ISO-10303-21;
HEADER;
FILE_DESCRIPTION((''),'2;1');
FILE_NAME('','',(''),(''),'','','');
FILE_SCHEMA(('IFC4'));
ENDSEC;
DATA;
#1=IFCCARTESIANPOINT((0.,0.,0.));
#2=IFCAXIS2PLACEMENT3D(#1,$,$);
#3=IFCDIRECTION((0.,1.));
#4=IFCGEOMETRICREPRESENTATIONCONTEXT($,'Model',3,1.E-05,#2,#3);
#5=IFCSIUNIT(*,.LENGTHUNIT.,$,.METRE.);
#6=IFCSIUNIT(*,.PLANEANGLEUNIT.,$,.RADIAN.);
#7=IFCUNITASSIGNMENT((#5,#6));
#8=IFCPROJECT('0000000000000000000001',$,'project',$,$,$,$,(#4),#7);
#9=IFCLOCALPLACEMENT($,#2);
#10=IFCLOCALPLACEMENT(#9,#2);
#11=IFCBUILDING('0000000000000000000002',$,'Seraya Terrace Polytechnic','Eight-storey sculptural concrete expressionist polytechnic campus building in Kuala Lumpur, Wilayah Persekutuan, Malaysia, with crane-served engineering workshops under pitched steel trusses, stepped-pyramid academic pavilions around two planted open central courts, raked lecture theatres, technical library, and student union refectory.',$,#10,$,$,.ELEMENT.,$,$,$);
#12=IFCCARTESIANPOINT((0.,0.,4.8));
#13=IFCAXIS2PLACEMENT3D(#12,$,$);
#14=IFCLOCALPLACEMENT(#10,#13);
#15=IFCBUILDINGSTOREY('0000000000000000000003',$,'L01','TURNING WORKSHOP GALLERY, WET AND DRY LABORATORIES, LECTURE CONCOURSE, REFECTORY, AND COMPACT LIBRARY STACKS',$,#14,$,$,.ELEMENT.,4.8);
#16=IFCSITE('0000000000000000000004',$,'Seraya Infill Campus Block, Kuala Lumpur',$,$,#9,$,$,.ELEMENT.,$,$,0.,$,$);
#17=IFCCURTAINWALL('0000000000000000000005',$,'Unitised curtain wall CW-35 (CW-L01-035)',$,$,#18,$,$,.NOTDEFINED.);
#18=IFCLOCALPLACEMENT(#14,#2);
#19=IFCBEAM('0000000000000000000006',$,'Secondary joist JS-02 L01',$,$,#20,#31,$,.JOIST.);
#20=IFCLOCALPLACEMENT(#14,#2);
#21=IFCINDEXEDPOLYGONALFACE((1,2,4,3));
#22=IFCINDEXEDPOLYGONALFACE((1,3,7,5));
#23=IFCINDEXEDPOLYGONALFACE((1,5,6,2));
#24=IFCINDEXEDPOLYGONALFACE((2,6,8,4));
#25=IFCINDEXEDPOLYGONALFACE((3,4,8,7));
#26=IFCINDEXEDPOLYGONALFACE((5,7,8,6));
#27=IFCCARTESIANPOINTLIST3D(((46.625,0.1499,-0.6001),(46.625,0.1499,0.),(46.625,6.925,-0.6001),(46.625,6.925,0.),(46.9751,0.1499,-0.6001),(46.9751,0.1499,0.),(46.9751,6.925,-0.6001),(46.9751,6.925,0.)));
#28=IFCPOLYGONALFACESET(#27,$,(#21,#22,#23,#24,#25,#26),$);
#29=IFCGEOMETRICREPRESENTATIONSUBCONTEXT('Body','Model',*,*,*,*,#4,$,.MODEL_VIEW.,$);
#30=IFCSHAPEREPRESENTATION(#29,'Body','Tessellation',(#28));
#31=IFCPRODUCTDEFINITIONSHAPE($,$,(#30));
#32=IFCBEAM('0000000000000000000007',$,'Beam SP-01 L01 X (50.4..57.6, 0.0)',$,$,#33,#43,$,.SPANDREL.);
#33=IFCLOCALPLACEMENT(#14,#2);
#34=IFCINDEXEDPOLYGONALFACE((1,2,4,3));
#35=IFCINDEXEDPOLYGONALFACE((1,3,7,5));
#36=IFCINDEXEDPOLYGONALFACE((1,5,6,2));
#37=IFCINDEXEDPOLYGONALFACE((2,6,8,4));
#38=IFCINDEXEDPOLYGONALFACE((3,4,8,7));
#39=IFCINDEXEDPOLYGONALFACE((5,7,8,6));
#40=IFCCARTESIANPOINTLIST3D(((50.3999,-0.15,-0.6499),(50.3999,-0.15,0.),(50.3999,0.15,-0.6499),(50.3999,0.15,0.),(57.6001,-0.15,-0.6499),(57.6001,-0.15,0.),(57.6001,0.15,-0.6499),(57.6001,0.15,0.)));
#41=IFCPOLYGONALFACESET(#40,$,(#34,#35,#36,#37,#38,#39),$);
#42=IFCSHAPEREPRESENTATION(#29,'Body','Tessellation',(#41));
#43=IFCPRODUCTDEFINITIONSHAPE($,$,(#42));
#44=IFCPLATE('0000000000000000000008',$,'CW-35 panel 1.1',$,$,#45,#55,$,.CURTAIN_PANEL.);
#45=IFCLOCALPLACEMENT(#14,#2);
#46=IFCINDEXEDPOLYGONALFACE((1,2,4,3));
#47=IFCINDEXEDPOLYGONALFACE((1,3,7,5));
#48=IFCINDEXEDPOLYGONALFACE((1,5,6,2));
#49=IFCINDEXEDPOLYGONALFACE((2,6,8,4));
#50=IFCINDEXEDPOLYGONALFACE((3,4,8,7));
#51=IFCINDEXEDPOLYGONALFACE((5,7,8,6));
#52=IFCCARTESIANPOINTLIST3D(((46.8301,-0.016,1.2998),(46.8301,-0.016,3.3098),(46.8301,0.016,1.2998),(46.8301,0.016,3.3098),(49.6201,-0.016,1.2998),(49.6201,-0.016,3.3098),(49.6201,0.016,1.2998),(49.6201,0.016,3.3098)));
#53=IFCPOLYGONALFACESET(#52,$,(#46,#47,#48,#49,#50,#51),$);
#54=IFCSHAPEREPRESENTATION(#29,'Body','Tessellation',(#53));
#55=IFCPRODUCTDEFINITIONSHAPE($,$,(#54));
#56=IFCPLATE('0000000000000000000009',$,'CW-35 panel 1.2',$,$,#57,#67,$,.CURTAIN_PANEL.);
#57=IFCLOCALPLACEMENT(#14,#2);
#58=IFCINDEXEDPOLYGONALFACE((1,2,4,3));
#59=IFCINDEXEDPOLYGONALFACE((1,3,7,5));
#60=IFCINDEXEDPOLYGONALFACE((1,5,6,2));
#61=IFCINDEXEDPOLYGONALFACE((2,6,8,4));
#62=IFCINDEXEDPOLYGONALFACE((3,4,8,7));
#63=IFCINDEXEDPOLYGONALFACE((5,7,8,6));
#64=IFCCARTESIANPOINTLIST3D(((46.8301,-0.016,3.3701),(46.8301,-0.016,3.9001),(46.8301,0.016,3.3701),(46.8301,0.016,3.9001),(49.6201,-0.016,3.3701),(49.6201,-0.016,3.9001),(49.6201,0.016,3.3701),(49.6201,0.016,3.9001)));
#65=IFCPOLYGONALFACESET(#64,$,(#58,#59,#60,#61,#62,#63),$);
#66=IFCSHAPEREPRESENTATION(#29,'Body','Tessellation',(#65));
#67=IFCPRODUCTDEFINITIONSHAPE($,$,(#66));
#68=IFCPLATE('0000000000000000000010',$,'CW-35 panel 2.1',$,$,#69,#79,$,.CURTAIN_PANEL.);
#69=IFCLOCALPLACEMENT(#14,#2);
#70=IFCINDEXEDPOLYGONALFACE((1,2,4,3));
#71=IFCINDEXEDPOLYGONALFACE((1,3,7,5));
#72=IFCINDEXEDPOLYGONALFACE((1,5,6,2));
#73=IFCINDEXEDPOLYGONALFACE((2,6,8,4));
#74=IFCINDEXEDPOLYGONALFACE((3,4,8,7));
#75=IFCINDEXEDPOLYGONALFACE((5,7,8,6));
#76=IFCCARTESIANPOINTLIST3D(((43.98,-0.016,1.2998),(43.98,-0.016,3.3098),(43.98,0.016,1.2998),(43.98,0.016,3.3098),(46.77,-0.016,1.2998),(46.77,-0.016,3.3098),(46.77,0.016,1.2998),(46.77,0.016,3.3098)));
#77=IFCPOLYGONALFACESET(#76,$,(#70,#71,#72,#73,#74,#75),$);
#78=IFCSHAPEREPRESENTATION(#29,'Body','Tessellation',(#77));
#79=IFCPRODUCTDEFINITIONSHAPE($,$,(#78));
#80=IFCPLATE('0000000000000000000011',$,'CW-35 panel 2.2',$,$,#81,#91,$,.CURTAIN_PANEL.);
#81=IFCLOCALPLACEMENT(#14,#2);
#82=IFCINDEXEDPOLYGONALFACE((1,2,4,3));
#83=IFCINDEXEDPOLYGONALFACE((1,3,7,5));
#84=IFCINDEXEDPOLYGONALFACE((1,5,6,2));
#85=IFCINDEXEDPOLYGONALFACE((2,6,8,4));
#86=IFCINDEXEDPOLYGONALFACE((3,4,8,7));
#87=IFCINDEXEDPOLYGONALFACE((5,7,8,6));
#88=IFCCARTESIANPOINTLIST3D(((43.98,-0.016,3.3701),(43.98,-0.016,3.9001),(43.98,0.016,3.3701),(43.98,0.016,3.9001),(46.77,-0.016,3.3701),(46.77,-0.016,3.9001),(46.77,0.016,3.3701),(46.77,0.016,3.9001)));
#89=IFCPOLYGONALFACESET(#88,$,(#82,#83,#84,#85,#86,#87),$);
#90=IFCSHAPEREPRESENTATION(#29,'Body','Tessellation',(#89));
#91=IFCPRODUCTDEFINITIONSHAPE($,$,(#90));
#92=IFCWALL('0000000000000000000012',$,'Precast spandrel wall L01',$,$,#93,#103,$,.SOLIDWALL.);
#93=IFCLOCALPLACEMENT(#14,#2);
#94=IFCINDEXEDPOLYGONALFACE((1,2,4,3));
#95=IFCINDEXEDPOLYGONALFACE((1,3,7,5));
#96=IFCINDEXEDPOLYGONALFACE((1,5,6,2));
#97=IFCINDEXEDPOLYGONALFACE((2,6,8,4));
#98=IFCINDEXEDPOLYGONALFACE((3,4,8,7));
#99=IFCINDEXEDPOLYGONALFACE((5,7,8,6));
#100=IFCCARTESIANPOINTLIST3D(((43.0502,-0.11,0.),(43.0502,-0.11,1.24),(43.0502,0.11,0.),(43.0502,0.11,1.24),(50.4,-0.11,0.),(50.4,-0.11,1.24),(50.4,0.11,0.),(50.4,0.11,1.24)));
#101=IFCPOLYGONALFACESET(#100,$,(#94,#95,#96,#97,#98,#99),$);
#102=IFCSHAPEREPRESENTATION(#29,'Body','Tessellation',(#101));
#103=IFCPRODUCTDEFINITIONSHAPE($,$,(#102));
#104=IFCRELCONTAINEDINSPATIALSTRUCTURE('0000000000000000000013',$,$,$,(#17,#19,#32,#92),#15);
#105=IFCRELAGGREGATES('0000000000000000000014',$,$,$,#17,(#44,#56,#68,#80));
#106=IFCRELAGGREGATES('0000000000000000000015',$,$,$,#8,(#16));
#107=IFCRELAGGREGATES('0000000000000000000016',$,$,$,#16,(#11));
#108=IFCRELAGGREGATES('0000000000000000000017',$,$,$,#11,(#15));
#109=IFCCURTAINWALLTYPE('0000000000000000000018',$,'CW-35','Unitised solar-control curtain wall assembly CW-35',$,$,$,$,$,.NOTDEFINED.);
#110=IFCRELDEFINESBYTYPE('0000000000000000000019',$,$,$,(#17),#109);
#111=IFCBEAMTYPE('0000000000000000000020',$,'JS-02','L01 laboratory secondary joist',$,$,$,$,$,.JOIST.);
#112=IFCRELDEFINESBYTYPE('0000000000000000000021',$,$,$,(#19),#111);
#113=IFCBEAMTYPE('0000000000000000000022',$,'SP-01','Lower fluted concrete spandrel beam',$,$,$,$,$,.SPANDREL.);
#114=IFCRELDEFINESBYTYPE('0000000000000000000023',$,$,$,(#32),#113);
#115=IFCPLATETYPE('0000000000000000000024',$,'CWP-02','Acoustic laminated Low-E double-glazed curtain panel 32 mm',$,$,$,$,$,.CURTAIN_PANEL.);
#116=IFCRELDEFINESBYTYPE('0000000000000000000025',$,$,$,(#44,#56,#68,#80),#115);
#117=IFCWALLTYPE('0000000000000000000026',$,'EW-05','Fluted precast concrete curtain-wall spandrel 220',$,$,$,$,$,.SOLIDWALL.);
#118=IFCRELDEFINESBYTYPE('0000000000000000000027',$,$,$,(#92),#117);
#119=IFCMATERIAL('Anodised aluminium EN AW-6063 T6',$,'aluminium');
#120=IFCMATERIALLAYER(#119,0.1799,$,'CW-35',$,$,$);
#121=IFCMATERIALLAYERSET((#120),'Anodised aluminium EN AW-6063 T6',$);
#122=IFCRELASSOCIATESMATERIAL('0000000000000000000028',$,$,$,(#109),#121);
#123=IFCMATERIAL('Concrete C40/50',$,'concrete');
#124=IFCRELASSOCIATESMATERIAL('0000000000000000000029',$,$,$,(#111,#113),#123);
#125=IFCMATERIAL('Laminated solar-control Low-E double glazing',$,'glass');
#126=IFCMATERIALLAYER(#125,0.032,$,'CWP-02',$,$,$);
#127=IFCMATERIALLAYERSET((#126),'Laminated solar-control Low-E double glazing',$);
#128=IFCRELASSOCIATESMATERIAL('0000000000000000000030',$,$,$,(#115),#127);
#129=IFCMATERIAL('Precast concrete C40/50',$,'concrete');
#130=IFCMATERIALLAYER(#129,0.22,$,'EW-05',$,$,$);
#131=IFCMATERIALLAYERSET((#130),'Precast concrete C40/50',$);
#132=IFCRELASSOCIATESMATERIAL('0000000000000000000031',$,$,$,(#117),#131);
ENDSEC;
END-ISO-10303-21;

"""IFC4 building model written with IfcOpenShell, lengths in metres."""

from ifc_helpers import new_model, si_unit, direction, frame, frame_2d, origin, origin_2d, place, context, subcontext, project, spatial, rectangle, extrude, material, layer, layer_set, material_profile, profile_set, type_object, element, aggregate, save


model = new_model("IFC4")

# Units and contexts
model_context = context("Model", 3, precision=1e-05, world=origin(), true_north=direction((0.0, 1.0)))
body_context = subcontext(model_context, "Body", "Model", "MODEL_VIEW")
ifc_project = project(units=[si_unit("LENGTHUNIT", "METRE"), si_unit("PLANEANGLEUNIT", "RADIAN")], contexts=[model_context])

# Site, building, storey
site_placement = place(None, origin())
site = spatial("IfcSite", under=ifc_project, at=site_placement, Name="Seraya Infill Campus Block, Kuala Lumpur", CompositionType="ELEMENT", RefElevation=0.0)
building_placement = place(site_placement, origin())
building = spatial("IfcBuilding", under=site, at=building_placement, Name="Seraya Terrace Polytechnic", Description="Eight-storey sculptural concrete expressionist polytechnic campus building in Kuala Lumpur, Wilayah Persekutuan, Malaysia, with crane-served engineering workshops under pitched steel trusses, stepped-pyramid academic pavilions around two planted open central courts, raked lecture theatres, technical library, and student union refectory.", CompositionType="ELEMENT")
storey_placement = place(building_placement, frame((0.0, 0.0, 4.8)))
storey = spatial("IfcBuildingStorey", under=building, at=storey_placement, Name="L01", Description="TURNING WORKSHOP GALLERY, WET AND DRY LABORATORIES, LECTURE CONCOURSE, REFECTORY, AND COMPACT LIBRARY STACKS", CompositionType="ELEMENT", Elevation=4.8)

# Shared definitions
ifc_material_1 = material(Name="Concrete C40/50", Category="concrete")

# Curtain wall
ifc_material_2 = material(Name="Anodised aluminium EN AW-6063 T6", Category="aluminium")
ifc_layer_1 = layer(ifc_material_2, 0.1799, Name="CW-35")
ifc_layer_set_1 = layer_set([ifc_layer_1], Name="Anodised aluminium EN AW-6063 T6")
curtain_wall_type = type_object("IfcCurtainWallType", Name="CW-35", Description="Unitised solar-control curtain wall assembly CW-35", PredefinedType="NOTDEFINED", material=ifc_layer_set_1)
curtain_wall_placement = place(storey_placement, origin())
curtain_wall = element("IfcCurtainWall", 1, at=curtain_wall_placement, inside=storey, type_object=curtain_wall_type, Name="Unitised curtain wall CW-35 (CW-L01-035)", PredefinedType="NOTDEFINED")

# Beams
ifc_material_profile_1 = material_profile(ifc_material_1, rectangle(XDim=0.3501, YDim=0.6001, at=origin_2d()), Name="RC 350x600")
ifc_profile_set_1 = profile_set([ifc_material_profile_1], Name="Concrete C40/50")
beam_type_1 = type_object("IfcBeamType", Name="JS-02", Description="L01 laboratory secondary joist", PredefinedType="JOIST", material=ifc_profile_set_1)
beam_1_placement = place(storey_placement, frame((46.8, 0.1499, -0.3), z_axis=(0.0, 1.0, 0.0), x_axis=(-1.0, 0.0, 0.0)))
element("IfcBeam", 2, at=beam_1_placement, inside=storey, type_object=beam_type_1, Name="Secondary joist JS-02 L01", PredefinedType="JOIST", context=body_context, shape_type="SweptSolid", body=[
    extrude(rectangle(XDim=0.3501, YDim=0.6001, at=origin_2d()), origin(), (0.0, 0.0, 1.0), 6.7751),
])
ifc_material_profile_2 = material_profile(ifc_material_1, rectangle(XDim=0.3, YDim=0.6499, at=origin_2d()), Name="RC 300x650")
ifc_profile_set_2 = profile_set([ifc_material_profile_2], Name="Concrete C40/50")
beam_type_2 = type_object("IfcBeamType", Name="SP-01", Description="Lower fluted concrete spandrel beam", PredefinedType="SPANDREL", material=ifc_profile_set_2)
beam_2_placement = place(storey_placement, frame((50.3999, 0.0, -0.325), z_axis=(1.0, 0.0, 0.0), x_axis=(0.0, 1.0, 0.0)))
element("IfcBeam", 3, at=beam_2_placement, inside=storey, type_object=beam_type_2, Name="Beam SP-01 L01 X (50.4..57.6, 0.0)", PredefinedType="SPANDREL", context=body_context, shape_type="SweptSolid", body=[
    extrude(rectangle(XDim=0.3, YDim=0.6499, at=origin_2d()), origin(), (0.0, 0.0, 1.0), 7.2002),
])

# Plates
ifc_material_3 = material(Name="Laminated solar-control Low-E double glazing", Category="glass")
ifc_layer_2 = layer(ifc_material_3, 0.032, Name="CWP-02")
ifc_layer_set_2 = layer_set([ifc_layer_2], Name="Laminated solar-control Low-E double glazing")
plate_type = type_object("IfcPlateType", Name="CWP-02", Description="Acoustic laminated Low-E double-glazed curtain panel 32 mm", PredefinedType="CURTAIN_PANEL", material=ifc_layer_set_2)
plate_1_placement = place(storey_placement, frame((48.2251, 0.0, 1.2998), z_axis=(0.0, 0.0, 1.0), x_axis=(-1.0, 0.0, 0.0)))
plate_1 = element("IfcPlate", 4, at=plate_1_placement, type_object=plate_type, Name="CW-35 panel 1.1", PredefinedType="CURTAIN_PANEL", context=body_context, shape_type="SweptSolid", body=[
    extrude(rectangle(XDim=2.79, YDim=0.032, at=origin_2d()), origin(), (0.0, 0.0, 1.0), 2.01),
])
plate_2_placement = place(storey_placement, frame((48.2251, 0.0, 3.3701), z_axis=(0.0, 0.0, 1.0), x_axis=(-1.0, 0.0, 0.0)))
plate_2 = element("IfcPlate", 5, at=plate_2_placement, type_object=plate_type, Name="CW-35 panel 1.2", PredefinedType="CURTAIN_PANEL", context=body_context, shape_type="SweptSolid", body=[
    extrude(rectangle(XDim=2.79, YDim=0.032, at=origin_2d()), origin(), (0.0, 0.0, 1.0), 0.53),
])
plate_3_placement = place(storey_placement, frame((45.375, 0.0, 1.2998), z_axis=(0.0, 0.0, 1.0), x_axis=(-1.0, 0.0, 0.0)))
plate_3 = element("IfcPlate", 6, at=plate_3_placement, type_object=plate_type, Name="CW-35 panel 2.1", PredefinedType="CURTAIN_PANEL", context=body_context, shape_type="SweptSolid", body=[
    extrude(rectangle(XDim=2.79, YDim=0.032, at=origin_2d()), origin(), (0.0, 0.0, 1.0), 2.01),
])
plate_4_placement = place(storey_placement, frame((45.375, 0.0, 3.3701), z_axis=(0.0, 0.0, 1.0), x_axis=(-1.0, 0.0, 0.0)))
plate_4 = element("IfcPlate", 7, at=plate_4_placement, type_object=plate_type, Name="CW-35 panel 2.2", PredefinedType="CURTAIN_PANEL", context=body_context, shape_type="SweptSolid", body=[
    extrude(rectangle(XDim=2.79, YDim=0.032, at=origin_2d()), origin(), (0.0, 0.0, 1.0), 0.53),
])
aggregate(curtain_wall, [plate_1, plate_2, plate_3, plate_4])

# Wall
ifc_material_4 = material(Name="Precast concrete C40/50", Category="concrete")
ifc_layer_3 = layer(ifc_material_4, 0.22, Name="EW-05")
ifc_layer_set_3 = layer_set([ifc_layer_3], Name="Precast concrete C40/50")
wall_type = type_object("IfcWallType", Name="EW-05", Description="Fluted precast concrete curtain-wall spandrel 220", PredefinedType="SOLIDWALL", material=ifc_layer_set_3)
wall_placement = place(storey_placement, frame((50.3999, 0.0, 0.0), z_axis=(0.0, 0.0, 1.0), x_axis=(-1.0, 0.0, 0.0)))
element("IfcWall", 8, at=wall_placement, inside=storey, type_object=wall_type, Name="Precast spandrel wall L01", PredefinedType="SOLIDWALL", context=body_context, shape_type="SweptSolid", body=[
    extrude(rectangle(XDim=7.3499, YDim=0.22, at=frame_2d((3.6748, 0.0))), origin(), (0.0, 0.0, 1.0), 1.24),
])

save(model, "model.ifc")
